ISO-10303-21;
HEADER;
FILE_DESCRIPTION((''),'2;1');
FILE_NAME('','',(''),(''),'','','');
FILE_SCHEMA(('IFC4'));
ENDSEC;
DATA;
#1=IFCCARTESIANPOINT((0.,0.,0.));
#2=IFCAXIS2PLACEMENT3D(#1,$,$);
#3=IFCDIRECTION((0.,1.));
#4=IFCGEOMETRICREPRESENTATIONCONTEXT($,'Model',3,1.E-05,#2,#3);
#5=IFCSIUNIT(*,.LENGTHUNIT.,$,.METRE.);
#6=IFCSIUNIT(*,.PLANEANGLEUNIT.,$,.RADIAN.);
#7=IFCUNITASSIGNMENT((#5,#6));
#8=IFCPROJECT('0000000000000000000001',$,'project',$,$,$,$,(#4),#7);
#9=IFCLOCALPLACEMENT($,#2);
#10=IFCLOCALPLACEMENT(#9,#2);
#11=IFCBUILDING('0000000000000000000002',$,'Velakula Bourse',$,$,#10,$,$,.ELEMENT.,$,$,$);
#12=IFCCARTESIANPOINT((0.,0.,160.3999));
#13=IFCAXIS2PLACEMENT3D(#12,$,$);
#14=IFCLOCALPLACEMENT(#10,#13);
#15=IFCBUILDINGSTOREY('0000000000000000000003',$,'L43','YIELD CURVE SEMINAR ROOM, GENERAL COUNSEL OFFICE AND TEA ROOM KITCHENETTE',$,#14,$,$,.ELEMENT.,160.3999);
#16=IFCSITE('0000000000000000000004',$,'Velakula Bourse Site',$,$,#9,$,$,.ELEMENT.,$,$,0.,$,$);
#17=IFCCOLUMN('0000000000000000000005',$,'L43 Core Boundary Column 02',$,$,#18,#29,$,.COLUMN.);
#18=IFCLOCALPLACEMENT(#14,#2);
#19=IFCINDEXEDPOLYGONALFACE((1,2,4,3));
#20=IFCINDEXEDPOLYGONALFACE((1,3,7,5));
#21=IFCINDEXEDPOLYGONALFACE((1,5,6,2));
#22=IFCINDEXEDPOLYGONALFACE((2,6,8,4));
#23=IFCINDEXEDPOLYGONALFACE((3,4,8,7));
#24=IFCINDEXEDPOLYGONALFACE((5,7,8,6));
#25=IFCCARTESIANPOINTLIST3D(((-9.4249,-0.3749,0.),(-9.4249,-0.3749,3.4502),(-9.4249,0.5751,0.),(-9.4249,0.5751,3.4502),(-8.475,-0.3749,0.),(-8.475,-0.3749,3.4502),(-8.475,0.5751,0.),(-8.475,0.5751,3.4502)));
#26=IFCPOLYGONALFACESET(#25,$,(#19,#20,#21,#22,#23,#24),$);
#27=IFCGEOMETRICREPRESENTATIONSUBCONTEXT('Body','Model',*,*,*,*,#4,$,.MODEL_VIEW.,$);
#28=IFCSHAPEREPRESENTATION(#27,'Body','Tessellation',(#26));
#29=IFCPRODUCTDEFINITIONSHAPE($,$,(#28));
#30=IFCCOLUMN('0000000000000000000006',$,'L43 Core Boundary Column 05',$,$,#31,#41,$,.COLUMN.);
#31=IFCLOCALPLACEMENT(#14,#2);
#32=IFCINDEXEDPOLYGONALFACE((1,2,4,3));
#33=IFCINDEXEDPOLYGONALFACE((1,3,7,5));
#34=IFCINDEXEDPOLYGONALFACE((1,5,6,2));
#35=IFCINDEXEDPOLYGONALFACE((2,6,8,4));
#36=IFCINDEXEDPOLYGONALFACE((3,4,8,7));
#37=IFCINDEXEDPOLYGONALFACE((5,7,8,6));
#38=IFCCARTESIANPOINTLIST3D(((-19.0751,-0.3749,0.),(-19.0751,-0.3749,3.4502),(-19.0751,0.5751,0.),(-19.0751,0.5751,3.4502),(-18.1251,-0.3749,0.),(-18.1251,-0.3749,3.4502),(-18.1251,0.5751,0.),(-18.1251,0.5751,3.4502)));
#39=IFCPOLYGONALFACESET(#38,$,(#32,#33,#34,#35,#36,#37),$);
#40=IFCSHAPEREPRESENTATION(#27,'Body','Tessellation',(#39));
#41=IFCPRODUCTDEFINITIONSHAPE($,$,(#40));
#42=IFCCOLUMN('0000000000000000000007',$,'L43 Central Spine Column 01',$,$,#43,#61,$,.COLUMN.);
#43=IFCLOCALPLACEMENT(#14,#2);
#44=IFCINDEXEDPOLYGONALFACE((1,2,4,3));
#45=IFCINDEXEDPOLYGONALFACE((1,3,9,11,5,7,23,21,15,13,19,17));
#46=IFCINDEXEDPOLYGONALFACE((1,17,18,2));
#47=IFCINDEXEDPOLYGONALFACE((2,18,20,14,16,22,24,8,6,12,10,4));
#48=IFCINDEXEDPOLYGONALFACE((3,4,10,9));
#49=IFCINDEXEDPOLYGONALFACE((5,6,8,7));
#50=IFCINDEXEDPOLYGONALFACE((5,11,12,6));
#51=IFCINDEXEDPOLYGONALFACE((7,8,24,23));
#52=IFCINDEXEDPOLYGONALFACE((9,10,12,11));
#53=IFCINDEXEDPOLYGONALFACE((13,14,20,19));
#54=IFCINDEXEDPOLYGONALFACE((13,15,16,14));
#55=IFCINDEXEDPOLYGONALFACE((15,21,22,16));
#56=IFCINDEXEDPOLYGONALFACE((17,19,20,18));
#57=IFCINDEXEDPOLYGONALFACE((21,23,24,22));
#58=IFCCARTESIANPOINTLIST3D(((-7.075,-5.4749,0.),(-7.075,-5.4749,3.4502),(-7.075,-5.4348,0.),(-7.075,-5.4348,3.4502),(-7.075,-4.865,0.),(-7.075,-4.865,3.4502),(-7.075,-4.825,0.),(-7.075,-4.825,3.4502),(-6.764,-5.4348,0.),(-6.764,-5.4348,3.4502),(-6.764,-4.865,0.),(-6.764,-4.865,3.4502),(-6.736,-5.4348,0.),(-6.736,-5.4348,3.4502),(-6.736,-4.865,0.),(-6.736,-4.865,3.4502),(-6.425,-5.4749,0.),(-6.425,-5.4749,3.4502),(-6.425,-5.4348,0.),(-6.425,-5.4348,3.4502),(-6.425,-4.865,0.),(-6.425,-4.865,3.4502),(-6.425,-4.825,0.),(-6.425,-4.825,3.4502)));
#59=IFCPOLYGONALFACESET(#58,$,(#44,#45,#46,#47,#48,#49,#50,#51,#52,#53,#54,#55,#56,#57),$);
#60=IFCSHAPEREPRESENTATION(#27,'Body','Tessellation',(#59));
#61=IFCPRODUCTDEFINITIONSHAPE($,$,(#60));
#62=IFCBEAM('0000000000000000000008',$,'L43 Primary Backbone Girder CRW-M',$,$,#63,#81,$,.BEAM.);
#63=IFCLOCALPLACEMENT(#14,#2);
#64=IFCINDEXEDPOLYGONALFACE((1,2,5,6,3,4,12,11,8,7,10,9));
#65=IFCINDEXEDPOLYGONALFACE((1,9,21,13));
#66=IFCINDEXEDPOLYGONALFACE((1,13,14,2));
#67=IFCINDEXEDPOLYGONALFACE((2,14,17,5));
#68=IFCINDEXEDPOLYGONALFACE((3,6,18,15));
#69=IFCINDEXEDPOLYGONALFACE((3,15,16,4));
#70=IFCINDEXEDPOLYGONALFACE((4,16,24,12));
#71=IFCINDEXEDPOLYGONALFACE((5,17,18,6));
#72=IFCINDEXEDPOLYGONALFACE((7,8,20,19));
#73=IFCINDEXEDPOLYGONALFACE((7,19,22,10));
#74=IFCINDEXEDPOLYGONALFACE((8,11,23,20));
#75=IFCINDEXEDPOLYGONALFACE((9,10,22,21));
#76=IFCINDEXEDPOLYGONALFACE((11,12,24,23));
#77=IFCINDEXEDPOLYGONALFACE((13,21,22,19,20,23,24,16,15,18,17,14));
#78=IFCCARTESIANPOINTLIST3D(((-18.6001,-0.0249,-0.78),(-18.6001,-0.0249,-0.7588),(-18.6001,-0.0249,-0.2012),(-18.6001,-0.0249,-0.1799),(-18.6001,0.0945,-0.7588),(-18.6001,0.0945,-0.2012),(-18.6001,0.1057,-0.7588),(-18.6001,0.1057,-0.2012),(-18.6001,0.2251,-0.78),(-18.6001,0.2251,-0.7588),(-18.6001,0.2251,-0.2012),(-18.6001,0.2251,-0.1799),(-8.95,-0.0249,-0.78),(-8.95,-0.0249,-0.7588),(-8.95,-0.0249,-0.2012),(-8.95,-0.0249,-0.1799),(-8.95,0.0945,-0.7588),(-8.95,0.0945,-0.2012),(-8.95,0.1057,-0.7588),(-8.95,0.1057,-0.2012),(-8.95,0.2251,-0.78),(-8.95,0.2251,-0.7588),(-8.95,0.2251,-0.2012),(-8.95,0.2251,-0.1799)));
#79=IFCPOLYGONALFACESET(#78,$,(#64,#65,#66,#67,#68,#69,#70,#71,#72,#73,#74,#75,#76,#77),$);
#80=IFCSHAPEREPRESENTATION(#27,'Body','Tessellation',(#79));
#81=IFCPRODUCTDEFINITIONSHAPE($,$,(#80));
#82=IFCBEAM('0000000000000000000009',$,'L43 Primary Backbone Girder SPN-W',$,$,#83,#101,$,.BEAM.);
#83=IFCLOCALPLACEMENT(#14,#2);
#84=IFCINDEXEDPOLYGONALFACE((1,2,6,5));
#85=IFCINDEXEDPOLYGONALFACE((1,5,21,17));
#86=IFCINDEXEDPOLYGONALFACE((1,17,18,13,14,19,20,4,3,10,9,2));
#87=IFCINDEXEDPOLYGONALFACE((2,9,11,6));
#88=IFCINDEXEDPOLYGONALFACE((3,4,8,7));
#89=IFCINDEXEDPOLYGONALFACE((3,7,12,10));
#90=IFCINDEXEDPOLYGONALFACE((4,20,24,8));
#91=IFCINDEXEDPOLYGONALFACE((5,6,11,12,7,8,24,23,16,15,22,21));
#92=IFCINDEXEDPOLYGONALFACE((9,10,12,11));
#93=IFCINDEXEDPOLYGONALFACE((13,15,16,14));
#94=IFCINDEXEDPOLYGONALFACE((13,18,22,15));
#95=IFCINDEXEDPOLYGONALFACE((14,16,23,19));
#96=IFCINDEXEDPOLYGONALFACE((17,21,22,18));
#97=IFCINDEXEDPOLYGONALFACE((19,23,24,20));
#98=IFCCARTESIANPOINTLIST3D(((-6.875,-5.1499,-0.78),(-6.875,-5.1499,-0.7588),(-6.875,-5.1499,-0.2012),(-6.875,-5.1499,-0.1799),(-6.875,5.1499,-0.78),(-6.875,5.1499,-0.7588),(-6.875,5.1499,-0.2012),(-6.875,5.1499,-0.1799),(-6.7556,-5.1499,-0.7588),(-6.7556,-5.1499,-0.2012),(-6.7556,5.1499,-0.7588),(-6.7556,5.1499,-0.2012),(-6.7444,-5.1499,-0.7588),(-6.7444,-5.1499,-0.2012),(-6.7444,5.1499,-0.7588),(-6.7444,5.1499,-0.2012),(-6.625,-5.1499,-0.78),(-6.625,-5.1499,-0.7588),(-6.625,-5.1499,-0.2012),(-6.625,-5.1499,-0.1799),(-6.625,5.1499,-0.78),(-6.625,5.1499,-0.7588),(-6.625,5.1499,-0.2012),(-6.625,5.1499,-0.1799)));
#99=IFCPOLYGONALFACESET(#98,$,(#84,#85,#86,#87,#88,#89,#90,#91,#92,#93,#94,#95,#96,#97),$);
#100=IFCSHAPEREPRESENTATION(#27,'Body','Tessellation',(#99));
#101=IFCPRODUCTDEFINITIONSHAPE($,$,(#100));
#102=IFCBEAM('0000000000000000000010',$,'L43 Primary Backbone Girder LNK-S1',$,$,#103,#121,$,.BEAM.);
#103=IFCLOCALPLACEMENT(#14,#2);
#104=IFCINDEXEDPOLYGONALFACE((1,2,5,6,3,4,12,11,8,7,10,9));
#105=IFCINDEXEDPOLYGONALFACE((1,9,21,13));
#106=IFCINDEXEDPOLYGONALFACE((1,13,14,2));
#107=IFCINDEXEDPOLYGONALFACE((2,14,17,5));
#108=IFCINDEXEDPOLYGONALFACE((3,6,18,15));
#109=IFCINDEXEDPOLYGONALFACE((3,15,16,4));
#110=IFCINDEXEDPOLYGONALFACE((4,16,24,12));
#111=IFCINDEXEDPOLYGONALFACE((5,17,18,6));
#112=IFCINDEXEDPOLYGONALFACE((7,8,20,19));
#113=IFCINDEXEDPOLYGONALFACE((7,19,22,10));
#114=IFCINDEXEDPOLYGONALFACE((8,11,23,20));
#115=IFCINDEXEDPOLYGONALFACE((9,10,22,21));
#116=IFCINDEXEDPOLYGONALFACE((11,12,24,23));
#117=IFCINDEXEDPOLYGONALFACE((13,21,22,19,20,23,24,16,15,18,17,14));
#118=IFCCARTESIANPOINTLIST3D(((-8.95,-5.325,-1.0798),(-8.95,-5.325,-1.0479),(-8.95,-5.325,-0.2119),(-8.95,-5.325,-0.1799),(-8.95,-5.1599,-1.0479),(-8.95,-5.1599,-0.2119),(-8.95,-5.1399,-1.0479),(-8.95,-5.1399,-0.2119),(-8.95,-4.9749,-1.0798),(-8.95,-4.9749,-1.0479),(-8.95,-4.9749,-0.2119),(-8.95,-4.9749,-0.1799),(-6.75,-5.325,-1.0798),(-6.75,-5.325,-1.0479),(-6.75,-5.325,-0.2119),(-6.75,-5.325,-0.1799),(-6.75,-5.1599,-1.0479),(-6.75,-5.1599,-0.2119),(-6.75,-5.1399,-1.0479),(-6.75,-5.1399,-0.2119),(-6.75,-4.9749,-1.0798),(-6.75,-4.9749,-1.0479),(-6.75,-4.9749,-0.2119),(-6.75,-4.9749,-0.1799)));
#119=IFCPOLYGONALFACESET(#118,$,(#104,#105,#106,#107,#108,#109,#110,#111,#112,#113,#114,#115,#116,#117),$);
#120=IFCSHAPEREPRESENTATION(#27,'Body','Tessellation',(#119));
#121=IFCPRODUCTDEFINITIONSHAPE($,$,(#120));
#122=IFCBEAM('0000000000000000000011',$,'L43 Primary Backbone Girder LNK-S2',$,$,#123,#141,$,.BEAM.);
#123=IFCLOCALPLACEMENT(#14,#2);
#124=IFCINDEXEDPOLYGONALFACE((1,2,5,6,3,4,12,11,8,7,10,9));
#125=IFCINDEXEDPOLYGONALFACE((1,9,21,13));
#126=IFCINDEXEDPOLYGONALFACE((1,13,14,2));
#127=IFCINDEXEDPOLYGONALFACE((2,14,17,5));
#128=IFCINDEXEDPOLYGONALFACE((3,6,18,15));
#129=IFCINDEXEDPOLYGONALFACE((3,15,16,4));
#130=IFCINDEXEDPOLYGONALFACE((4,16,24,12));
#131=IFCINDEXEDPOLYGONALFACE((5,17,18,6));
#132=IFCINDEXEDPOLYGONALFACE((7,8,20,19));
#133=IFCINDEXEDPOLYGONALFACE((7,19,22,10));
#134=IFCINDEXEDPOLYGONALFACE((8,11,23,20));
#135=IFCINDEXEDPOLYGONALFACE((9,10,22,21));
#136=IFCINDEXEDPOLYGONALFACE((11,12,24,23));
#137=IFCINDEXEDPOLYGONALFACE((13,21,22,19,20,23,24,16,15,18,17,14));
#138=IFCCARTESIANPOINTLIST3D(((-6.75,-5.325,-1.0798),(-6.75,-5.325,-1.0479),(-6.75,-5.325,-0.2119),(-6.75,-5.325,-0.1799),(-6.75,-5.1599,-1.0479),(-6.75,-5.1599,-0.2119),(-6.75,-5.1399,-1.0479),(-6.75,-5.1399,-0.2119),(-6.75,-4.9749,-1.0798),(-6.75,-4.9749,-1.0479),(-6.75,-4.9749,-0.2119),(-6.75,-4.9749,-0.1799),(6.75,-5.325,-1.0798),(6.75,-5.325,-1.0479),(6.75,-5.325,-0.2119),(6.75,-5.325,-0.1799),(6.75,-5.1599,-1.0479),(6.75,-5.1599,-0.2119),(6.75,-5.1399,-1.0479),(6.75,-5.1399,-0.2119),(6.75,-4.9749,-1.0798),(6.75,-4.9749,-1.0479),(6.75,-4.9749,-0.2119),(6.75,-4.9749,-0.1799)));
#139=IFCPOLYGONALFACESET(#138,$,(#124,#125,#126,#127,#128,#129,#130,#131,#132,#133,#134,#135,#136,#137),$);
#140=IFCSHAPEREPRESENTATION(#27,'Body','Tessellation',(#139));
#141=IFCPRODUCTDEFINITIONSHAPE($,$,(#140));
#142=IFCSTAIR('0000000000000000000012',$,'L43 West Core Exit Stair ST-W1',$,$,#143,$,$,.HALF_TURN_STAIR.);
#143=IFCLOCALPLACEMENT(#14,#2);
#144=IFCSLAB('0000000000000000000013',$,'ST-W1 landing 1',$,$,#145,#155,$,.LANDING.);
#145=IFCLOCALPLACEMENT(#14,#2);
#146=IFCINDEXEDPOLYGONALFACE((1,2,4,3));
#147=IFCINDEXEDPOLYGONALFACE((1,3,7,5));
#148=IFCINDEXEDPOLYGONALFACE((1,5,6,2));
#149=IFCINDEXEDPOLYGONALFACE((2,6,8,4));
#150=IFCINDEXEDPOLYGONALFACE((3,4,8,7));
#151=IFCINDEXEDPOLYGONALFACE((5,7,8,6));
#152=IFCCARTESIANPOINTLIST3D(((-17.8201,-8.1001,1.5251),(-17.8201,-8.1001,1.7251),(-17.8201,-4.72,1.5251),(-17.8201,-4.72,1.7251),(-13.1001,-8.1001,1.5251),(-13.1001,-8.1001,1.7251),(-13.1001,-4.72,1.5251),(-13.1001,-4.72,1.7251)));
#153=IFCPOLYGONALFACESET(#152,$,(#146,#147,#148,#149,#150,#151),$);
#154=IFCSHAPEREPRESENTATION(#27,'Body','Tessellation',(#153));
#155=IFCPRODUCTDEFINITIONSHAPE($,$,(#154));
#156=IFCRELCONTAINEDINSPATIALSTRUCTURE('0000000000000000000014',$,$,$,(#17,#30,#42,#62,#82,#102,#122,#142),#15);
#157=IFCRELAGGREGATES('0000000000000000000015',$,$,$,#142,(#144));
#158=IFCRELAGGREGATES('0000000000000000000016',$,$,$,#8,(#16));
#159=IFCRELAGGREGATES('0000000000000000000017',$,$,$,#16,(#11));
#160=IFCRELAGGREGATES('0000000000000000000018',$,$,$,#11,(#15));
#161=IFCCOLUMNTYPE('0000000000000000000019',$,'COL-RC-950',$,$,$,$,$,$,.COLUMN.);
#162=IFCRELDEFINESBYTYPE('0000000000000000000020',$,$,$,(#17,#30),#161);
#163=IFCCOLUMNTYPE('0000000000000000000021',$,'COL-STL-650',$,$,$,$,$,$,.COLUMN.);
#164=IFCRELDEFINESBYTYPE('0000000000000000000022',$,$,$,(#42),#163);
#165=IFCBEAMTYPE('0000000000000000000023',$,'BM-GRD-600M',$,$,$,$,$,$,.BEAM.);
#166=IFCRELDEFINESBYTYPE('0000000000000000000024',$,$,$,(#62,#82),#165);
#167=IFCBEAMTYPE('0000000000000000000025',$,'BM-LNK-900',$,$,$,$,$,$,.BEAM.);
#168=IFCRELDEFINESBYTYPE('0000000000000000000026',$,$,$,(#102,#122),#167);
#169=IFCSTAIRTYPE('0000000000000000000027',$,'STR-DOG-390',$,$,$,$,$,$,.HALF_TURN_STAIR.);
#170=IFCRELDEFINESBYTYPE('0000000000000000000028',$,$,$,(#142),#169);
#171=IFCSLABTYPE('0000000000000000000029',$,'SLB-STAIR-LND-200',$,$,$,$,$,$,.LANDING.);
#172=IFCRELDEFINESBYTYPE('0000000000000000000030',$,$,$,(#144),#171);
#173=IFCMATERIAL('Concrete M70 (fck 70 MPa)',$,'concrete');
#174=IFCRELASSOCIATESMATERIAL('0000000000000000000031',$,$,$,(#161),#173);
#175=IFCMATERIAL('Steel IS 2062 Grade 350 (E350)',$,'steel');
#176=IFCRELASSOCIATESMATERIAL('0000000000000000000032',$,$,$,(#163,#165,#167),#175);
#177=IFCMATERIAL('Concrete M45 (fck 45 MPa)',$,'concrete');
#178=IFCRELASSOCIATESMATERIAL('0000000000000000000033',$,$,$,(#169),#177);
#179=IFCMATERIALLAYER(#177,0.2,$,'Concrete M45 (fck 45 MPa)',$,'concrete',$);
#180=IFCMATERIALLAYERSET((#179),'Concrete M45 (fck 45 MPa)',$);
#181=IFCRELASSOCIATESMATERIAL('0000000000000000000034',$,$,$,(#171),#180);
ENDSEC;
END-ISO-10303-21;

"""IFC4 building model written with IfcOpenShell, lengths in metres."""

from ifc_helpers import new_model, si_unit, direction, frame, origin, origin_2d, place, context, subcontext, project, spatial, polyline, rectangle, i_section, outline, extrude, material, layer, layer_set, material_profile, profile_set, type_object, element, aggregate, save


model = new_model("IFC4")

# Units and contexts
model_context = context("Model", 3, precision=1e-05, world=origin(), true_north=direction((0.0, 1.0)))
body_context = subcontext(model_context, "Body", "Model", "MODEL_VIEW")
ifc_project = project(units=[si_unit("LENGTHUNIT", "METRE"), si_unit("PLANEANGLEUNIT", "RADIAN")], contexts=[model_context])

# Site, building, storey
site_placement = place(None, origin())
site = spatial("IfcSite", under=ifc_project, at=site_placement, Name="Velakula Bourse Site", CompositionType="ELEMENT", RefElevation=0.0)
building_placement = place(site_placement, origin())
building = spatial("IfcBuilding", under=site, at=building_placement, Name="Velakula Bourse", CompositionType="ELEMENT")
storey_placement = place(building_placement, frame((0.0, 0.0, 160.3999)))
storey = spatial("IfcBuildingStorey", under=building, at=storey_placement, Name="L43", Description="YIELD CURVE SEMINAR ROOM, GENERAL COUNSEL OFFICE AND TEA ROOM KITCHENETTE", CompositionType="ELEMENT", Elevation=160.3999)

# Columns
ifc_material_1 = material(Name="Concrete M70 (fck 70 MPa)", Category="concrete")
ifc_material_profile_1 = material_profile(ifc_material_1, rectangle(XDim=0.95, YDim=0.95, at=origin_2d()), Name="Concrete M70 (fck 70 MPa)")
ifc_profile_set_1 = profile_set([ifc_material_profile_1], Name="Concrete M70 (fck 70 MPa)")
column_type_1 = type_object("IfcColumnType", Name="COL-RC-950", PredefinedType="COLUMN", material=ifc_profile_set_1)
for number, where, z_axis, x_axis, name in (
    (1, (-8.95, 0.1001, 0.0), (0.0, 0.0, 1.0), (1.0, 0.0, 0.0), "L43 Core Boundary Column 02"),
    (2, (-18.6001, 0.1001, 0.0), (0.0, 0.0, 1.0), (1.0, 0.0, 0.0), "L43 Core Boundary Column 05"),
):
    element("IfcColumn", number, at=place(storey_placement, frame(where, z_axis=z_axis, x_axis=x_axis)), inside=storey, type_object=column_type_1, Name=name, PredefinedType="COLUMN", context=body_context, shape_type="SweptSolid", body=[
        extrude(rectangle(XDim=0.95, YDim=0.95, at=origin_2d()), origin(), (0.0, 0.0, 1.0), 3.4502),
    ])
ifc_material_2 = material(Name="Steel IS 2062 Grade 350 (E350)", Category="steel")
ifc_material_profile_2 = material_profile(ifc_material_2, i_section(OverallWidth=0.6499, OverallDepth=0.6499, WebThickness=0.0281, FlangeThickness=0.04, at=origin_2d()), Name="Steel IS 2062 Grade 350 (E350)")
ifc_profile_set_2 = profile_set([ifc_material_profile_2], Name="Steel IS 2062 Grade 350 (E350)")
column_type_2 = type_object("IfcColumnType", Name="COL-STL-650", PredefinedType="COLUMN", material=ifc_profile_set_2)
column_placement = place(storey_placement, frame((-6.75, -5.1499, 0.0), z_axis=(0.0, 0.0, 1.0), x_axis=(1.0, 0.0, 0.0)))
element("IfcColumn", 3, at=column_placement, inside=storey, type_object=column_type_2, Name="L43 Central Spine Column 01", PredefinedType="COLUMN", context=body_context, shape_type="SweptSolid", body=[
    extrude(i_section(OverallWidth=0.6499, OverallDepth=0.6499, WebThickness=0.0281, FlangeThickness=0.04, at=origin_2d()), origin(), (0.0, 0.0, 1.0), 3.4502),
])

# Beams
ifc_material_profile_3 = material_profile(ifc_material_2, i_section(OverallWidth=0.25, OverallDepth=0.6001, WebThickness=0.0112, FlangeThickness=0.0212, at=origin_2d()), Name="Steel IS 2062 Grade 350 (E350)")
ifc_profile_set_3 = profile_set([ifc_material_profile_3], Name="Steel IS 2062 Grade 350 (E350)")
beam_type_1 = type_object("IfcBeamType", Name="BM-GRD-600M", PredefinedType="BEAM", material=ifc_profile_set_3)
beam_1_placement = place(storey_placement, frame((-18.6001, 0.1001, -0.48), z_axis=(1.0, 0.0, 0.0), x_axis=(0.0, 1.0, 0.0)))
element("IfcBeam", 4, at=beam_1_placement, inside=storey, type_object=beam_type_1, Name="L43 Primary Backbone Girder CRW-M", PredefinedType="BEAM", context=body_context, shape_type="SweptSolid", body=[
    extrude(i_section(OverallWidth=0.25, OverallDepth=0.6001, WebThickness=0.0112, FlangeThickness=0.0212, at=origin_2d()), origin(), (0.0, 0.0, 1.0), 9.6501),
])
beam_2_placement = place(storey_placement, frame((-6.75, -5.1499, -0.48), z_axis=(0.0, 1.0, 0.0), x_axis=(-1.0, 0.0, 0.0)))
element("IfcBeam", 5, at=beam_2_placement, inside=storey, type_object=beam_type_1, Name="L43 Primary Backbone Girder SPN-W", PredefinedType="BEAM", context=body_context, shape_type="SweptSolid", body=[
    extrude(i_section(OverallWidth=0.25, OverallDepth=0.6001, WebThickness=0.0112, FlangeThickness=0.0212, at=origin_2d()), origin(), (0.0, 0.0, 1.0), 10.2998),
])
ifc_material_profile_4 = material_profile(ifc_material_2, i_section(OverallWidth=0.3501, OverallDepth=0.8999, WebThickness=0.02, FlangeThickness=0.032, at=origin_2d()), Name="Steel IS 2062 Grade 350 (E350)")
ifc_profile_set_4 = profile_set([ifc_material_profile_4], Name="Steel IS 2062 Grade 350 (E350)")
beam_type_2 = type_object("IfcBeamType", Name="BM-LNK-900", PredefinedType="BEAM", material=ifc_profile_set_4)
beam_3_placement = place(storey_placement, frame((-8.95, -5.1499, -0.6299), z_axis=(1.0, 0.0, 0.0), x_axis=(0.0, 1.0, 0.0)))
element("IfcBeam", 6, at=beam_3_placement, inside=storey, type_object=beam_type_2, Name="L43 Primary Backbone Girder LNK-S1", PredefinedType="BEAM", context=body_context, shape_type="SweptSolid", body=[
    extrude(i_section(OverallWidth=0.3501, OverallDepth=0.8999, WebThickness=0.02, FlangeThickness=0.032, at=origin_2d()), origin(), (0.0, 0.0, 1.0), 2.2),
])
beam_4_placement = place(storey_placement, frame((-6.75, -5.1499, -0.6299), z_axis=(1.0, 0.0, 0.0), x_axis=(0.0, 1.0, 0.0)))
element("IfcBeam", 7, at=beam_4_placement, inside=storey, type_object=beam_type_2, Name="L43 Primary Backbone Girder LNK-S2", PredefinedType="BEAM", context=body_context, shape_type="SweptSolid", body=[
    extrude(i_section(OverallWidth=0.3501, OverallDepth=0.8999, WebThickness=0.02, FlangeThickness=0.032, at=origin_2d()), origin(), (0.0, 0.0, 1.0), 13.5),
])

# Stair, slab
ifc_material_3 = material(Name="Concrete M45 (fck 45 MPa)", Category="concrete")
stair_type = type_object("IfcStairType", Name="STR-DOG-390", PredefinedType="HALF_TURN_STAIR", material=ifc_material_3)
stair_placement = place(storey_placement, origin())
stair = element("IfcStair", 8, at=stair_placement, inside=storey, type_object=stair_type, Name="L43 West Core Exit Stair ST-W1", PredefinedType="HALF_TURN_STAIR")
ifc_layer_1 = layer(ifc_material_3, 0.2, Name="Concrete M45 (fck 45 MPa)", Category="concrete")
ifc_layer_set_1 = layer_set([ifc_layer_1], Name="Concrete M45 (fck 45 MPa)")
slab_type_1 = type_object("IfcSlabType", Name="SLB-STAIR-LND-200", PredefinedType="LANDING", material=ifc_layer_set_1)
slab_1_placement = place(storey_placement, frame((0.0, 0.0, 1.5251)))
slab_1 = element("IfcSlab", 9, at=slab_1_placement, type_object=slab_type_1, Name="ST-W1 landing 1", PredefinedType="LANDING", context=body_context, shape_type="SweptSolid", body=[
    extrude(outline(polyline([(-17.8201, -4.72), (-17.8201, -8.1001), (-13.1001, -8.1001), (-13.1001, -4.72), (-17.8201, -4.72)])), origin(), (0.0, 0.0, 1.0), 0.2),
])

aggregate(stair, [slab_1])

save(model, "model.ifc")
